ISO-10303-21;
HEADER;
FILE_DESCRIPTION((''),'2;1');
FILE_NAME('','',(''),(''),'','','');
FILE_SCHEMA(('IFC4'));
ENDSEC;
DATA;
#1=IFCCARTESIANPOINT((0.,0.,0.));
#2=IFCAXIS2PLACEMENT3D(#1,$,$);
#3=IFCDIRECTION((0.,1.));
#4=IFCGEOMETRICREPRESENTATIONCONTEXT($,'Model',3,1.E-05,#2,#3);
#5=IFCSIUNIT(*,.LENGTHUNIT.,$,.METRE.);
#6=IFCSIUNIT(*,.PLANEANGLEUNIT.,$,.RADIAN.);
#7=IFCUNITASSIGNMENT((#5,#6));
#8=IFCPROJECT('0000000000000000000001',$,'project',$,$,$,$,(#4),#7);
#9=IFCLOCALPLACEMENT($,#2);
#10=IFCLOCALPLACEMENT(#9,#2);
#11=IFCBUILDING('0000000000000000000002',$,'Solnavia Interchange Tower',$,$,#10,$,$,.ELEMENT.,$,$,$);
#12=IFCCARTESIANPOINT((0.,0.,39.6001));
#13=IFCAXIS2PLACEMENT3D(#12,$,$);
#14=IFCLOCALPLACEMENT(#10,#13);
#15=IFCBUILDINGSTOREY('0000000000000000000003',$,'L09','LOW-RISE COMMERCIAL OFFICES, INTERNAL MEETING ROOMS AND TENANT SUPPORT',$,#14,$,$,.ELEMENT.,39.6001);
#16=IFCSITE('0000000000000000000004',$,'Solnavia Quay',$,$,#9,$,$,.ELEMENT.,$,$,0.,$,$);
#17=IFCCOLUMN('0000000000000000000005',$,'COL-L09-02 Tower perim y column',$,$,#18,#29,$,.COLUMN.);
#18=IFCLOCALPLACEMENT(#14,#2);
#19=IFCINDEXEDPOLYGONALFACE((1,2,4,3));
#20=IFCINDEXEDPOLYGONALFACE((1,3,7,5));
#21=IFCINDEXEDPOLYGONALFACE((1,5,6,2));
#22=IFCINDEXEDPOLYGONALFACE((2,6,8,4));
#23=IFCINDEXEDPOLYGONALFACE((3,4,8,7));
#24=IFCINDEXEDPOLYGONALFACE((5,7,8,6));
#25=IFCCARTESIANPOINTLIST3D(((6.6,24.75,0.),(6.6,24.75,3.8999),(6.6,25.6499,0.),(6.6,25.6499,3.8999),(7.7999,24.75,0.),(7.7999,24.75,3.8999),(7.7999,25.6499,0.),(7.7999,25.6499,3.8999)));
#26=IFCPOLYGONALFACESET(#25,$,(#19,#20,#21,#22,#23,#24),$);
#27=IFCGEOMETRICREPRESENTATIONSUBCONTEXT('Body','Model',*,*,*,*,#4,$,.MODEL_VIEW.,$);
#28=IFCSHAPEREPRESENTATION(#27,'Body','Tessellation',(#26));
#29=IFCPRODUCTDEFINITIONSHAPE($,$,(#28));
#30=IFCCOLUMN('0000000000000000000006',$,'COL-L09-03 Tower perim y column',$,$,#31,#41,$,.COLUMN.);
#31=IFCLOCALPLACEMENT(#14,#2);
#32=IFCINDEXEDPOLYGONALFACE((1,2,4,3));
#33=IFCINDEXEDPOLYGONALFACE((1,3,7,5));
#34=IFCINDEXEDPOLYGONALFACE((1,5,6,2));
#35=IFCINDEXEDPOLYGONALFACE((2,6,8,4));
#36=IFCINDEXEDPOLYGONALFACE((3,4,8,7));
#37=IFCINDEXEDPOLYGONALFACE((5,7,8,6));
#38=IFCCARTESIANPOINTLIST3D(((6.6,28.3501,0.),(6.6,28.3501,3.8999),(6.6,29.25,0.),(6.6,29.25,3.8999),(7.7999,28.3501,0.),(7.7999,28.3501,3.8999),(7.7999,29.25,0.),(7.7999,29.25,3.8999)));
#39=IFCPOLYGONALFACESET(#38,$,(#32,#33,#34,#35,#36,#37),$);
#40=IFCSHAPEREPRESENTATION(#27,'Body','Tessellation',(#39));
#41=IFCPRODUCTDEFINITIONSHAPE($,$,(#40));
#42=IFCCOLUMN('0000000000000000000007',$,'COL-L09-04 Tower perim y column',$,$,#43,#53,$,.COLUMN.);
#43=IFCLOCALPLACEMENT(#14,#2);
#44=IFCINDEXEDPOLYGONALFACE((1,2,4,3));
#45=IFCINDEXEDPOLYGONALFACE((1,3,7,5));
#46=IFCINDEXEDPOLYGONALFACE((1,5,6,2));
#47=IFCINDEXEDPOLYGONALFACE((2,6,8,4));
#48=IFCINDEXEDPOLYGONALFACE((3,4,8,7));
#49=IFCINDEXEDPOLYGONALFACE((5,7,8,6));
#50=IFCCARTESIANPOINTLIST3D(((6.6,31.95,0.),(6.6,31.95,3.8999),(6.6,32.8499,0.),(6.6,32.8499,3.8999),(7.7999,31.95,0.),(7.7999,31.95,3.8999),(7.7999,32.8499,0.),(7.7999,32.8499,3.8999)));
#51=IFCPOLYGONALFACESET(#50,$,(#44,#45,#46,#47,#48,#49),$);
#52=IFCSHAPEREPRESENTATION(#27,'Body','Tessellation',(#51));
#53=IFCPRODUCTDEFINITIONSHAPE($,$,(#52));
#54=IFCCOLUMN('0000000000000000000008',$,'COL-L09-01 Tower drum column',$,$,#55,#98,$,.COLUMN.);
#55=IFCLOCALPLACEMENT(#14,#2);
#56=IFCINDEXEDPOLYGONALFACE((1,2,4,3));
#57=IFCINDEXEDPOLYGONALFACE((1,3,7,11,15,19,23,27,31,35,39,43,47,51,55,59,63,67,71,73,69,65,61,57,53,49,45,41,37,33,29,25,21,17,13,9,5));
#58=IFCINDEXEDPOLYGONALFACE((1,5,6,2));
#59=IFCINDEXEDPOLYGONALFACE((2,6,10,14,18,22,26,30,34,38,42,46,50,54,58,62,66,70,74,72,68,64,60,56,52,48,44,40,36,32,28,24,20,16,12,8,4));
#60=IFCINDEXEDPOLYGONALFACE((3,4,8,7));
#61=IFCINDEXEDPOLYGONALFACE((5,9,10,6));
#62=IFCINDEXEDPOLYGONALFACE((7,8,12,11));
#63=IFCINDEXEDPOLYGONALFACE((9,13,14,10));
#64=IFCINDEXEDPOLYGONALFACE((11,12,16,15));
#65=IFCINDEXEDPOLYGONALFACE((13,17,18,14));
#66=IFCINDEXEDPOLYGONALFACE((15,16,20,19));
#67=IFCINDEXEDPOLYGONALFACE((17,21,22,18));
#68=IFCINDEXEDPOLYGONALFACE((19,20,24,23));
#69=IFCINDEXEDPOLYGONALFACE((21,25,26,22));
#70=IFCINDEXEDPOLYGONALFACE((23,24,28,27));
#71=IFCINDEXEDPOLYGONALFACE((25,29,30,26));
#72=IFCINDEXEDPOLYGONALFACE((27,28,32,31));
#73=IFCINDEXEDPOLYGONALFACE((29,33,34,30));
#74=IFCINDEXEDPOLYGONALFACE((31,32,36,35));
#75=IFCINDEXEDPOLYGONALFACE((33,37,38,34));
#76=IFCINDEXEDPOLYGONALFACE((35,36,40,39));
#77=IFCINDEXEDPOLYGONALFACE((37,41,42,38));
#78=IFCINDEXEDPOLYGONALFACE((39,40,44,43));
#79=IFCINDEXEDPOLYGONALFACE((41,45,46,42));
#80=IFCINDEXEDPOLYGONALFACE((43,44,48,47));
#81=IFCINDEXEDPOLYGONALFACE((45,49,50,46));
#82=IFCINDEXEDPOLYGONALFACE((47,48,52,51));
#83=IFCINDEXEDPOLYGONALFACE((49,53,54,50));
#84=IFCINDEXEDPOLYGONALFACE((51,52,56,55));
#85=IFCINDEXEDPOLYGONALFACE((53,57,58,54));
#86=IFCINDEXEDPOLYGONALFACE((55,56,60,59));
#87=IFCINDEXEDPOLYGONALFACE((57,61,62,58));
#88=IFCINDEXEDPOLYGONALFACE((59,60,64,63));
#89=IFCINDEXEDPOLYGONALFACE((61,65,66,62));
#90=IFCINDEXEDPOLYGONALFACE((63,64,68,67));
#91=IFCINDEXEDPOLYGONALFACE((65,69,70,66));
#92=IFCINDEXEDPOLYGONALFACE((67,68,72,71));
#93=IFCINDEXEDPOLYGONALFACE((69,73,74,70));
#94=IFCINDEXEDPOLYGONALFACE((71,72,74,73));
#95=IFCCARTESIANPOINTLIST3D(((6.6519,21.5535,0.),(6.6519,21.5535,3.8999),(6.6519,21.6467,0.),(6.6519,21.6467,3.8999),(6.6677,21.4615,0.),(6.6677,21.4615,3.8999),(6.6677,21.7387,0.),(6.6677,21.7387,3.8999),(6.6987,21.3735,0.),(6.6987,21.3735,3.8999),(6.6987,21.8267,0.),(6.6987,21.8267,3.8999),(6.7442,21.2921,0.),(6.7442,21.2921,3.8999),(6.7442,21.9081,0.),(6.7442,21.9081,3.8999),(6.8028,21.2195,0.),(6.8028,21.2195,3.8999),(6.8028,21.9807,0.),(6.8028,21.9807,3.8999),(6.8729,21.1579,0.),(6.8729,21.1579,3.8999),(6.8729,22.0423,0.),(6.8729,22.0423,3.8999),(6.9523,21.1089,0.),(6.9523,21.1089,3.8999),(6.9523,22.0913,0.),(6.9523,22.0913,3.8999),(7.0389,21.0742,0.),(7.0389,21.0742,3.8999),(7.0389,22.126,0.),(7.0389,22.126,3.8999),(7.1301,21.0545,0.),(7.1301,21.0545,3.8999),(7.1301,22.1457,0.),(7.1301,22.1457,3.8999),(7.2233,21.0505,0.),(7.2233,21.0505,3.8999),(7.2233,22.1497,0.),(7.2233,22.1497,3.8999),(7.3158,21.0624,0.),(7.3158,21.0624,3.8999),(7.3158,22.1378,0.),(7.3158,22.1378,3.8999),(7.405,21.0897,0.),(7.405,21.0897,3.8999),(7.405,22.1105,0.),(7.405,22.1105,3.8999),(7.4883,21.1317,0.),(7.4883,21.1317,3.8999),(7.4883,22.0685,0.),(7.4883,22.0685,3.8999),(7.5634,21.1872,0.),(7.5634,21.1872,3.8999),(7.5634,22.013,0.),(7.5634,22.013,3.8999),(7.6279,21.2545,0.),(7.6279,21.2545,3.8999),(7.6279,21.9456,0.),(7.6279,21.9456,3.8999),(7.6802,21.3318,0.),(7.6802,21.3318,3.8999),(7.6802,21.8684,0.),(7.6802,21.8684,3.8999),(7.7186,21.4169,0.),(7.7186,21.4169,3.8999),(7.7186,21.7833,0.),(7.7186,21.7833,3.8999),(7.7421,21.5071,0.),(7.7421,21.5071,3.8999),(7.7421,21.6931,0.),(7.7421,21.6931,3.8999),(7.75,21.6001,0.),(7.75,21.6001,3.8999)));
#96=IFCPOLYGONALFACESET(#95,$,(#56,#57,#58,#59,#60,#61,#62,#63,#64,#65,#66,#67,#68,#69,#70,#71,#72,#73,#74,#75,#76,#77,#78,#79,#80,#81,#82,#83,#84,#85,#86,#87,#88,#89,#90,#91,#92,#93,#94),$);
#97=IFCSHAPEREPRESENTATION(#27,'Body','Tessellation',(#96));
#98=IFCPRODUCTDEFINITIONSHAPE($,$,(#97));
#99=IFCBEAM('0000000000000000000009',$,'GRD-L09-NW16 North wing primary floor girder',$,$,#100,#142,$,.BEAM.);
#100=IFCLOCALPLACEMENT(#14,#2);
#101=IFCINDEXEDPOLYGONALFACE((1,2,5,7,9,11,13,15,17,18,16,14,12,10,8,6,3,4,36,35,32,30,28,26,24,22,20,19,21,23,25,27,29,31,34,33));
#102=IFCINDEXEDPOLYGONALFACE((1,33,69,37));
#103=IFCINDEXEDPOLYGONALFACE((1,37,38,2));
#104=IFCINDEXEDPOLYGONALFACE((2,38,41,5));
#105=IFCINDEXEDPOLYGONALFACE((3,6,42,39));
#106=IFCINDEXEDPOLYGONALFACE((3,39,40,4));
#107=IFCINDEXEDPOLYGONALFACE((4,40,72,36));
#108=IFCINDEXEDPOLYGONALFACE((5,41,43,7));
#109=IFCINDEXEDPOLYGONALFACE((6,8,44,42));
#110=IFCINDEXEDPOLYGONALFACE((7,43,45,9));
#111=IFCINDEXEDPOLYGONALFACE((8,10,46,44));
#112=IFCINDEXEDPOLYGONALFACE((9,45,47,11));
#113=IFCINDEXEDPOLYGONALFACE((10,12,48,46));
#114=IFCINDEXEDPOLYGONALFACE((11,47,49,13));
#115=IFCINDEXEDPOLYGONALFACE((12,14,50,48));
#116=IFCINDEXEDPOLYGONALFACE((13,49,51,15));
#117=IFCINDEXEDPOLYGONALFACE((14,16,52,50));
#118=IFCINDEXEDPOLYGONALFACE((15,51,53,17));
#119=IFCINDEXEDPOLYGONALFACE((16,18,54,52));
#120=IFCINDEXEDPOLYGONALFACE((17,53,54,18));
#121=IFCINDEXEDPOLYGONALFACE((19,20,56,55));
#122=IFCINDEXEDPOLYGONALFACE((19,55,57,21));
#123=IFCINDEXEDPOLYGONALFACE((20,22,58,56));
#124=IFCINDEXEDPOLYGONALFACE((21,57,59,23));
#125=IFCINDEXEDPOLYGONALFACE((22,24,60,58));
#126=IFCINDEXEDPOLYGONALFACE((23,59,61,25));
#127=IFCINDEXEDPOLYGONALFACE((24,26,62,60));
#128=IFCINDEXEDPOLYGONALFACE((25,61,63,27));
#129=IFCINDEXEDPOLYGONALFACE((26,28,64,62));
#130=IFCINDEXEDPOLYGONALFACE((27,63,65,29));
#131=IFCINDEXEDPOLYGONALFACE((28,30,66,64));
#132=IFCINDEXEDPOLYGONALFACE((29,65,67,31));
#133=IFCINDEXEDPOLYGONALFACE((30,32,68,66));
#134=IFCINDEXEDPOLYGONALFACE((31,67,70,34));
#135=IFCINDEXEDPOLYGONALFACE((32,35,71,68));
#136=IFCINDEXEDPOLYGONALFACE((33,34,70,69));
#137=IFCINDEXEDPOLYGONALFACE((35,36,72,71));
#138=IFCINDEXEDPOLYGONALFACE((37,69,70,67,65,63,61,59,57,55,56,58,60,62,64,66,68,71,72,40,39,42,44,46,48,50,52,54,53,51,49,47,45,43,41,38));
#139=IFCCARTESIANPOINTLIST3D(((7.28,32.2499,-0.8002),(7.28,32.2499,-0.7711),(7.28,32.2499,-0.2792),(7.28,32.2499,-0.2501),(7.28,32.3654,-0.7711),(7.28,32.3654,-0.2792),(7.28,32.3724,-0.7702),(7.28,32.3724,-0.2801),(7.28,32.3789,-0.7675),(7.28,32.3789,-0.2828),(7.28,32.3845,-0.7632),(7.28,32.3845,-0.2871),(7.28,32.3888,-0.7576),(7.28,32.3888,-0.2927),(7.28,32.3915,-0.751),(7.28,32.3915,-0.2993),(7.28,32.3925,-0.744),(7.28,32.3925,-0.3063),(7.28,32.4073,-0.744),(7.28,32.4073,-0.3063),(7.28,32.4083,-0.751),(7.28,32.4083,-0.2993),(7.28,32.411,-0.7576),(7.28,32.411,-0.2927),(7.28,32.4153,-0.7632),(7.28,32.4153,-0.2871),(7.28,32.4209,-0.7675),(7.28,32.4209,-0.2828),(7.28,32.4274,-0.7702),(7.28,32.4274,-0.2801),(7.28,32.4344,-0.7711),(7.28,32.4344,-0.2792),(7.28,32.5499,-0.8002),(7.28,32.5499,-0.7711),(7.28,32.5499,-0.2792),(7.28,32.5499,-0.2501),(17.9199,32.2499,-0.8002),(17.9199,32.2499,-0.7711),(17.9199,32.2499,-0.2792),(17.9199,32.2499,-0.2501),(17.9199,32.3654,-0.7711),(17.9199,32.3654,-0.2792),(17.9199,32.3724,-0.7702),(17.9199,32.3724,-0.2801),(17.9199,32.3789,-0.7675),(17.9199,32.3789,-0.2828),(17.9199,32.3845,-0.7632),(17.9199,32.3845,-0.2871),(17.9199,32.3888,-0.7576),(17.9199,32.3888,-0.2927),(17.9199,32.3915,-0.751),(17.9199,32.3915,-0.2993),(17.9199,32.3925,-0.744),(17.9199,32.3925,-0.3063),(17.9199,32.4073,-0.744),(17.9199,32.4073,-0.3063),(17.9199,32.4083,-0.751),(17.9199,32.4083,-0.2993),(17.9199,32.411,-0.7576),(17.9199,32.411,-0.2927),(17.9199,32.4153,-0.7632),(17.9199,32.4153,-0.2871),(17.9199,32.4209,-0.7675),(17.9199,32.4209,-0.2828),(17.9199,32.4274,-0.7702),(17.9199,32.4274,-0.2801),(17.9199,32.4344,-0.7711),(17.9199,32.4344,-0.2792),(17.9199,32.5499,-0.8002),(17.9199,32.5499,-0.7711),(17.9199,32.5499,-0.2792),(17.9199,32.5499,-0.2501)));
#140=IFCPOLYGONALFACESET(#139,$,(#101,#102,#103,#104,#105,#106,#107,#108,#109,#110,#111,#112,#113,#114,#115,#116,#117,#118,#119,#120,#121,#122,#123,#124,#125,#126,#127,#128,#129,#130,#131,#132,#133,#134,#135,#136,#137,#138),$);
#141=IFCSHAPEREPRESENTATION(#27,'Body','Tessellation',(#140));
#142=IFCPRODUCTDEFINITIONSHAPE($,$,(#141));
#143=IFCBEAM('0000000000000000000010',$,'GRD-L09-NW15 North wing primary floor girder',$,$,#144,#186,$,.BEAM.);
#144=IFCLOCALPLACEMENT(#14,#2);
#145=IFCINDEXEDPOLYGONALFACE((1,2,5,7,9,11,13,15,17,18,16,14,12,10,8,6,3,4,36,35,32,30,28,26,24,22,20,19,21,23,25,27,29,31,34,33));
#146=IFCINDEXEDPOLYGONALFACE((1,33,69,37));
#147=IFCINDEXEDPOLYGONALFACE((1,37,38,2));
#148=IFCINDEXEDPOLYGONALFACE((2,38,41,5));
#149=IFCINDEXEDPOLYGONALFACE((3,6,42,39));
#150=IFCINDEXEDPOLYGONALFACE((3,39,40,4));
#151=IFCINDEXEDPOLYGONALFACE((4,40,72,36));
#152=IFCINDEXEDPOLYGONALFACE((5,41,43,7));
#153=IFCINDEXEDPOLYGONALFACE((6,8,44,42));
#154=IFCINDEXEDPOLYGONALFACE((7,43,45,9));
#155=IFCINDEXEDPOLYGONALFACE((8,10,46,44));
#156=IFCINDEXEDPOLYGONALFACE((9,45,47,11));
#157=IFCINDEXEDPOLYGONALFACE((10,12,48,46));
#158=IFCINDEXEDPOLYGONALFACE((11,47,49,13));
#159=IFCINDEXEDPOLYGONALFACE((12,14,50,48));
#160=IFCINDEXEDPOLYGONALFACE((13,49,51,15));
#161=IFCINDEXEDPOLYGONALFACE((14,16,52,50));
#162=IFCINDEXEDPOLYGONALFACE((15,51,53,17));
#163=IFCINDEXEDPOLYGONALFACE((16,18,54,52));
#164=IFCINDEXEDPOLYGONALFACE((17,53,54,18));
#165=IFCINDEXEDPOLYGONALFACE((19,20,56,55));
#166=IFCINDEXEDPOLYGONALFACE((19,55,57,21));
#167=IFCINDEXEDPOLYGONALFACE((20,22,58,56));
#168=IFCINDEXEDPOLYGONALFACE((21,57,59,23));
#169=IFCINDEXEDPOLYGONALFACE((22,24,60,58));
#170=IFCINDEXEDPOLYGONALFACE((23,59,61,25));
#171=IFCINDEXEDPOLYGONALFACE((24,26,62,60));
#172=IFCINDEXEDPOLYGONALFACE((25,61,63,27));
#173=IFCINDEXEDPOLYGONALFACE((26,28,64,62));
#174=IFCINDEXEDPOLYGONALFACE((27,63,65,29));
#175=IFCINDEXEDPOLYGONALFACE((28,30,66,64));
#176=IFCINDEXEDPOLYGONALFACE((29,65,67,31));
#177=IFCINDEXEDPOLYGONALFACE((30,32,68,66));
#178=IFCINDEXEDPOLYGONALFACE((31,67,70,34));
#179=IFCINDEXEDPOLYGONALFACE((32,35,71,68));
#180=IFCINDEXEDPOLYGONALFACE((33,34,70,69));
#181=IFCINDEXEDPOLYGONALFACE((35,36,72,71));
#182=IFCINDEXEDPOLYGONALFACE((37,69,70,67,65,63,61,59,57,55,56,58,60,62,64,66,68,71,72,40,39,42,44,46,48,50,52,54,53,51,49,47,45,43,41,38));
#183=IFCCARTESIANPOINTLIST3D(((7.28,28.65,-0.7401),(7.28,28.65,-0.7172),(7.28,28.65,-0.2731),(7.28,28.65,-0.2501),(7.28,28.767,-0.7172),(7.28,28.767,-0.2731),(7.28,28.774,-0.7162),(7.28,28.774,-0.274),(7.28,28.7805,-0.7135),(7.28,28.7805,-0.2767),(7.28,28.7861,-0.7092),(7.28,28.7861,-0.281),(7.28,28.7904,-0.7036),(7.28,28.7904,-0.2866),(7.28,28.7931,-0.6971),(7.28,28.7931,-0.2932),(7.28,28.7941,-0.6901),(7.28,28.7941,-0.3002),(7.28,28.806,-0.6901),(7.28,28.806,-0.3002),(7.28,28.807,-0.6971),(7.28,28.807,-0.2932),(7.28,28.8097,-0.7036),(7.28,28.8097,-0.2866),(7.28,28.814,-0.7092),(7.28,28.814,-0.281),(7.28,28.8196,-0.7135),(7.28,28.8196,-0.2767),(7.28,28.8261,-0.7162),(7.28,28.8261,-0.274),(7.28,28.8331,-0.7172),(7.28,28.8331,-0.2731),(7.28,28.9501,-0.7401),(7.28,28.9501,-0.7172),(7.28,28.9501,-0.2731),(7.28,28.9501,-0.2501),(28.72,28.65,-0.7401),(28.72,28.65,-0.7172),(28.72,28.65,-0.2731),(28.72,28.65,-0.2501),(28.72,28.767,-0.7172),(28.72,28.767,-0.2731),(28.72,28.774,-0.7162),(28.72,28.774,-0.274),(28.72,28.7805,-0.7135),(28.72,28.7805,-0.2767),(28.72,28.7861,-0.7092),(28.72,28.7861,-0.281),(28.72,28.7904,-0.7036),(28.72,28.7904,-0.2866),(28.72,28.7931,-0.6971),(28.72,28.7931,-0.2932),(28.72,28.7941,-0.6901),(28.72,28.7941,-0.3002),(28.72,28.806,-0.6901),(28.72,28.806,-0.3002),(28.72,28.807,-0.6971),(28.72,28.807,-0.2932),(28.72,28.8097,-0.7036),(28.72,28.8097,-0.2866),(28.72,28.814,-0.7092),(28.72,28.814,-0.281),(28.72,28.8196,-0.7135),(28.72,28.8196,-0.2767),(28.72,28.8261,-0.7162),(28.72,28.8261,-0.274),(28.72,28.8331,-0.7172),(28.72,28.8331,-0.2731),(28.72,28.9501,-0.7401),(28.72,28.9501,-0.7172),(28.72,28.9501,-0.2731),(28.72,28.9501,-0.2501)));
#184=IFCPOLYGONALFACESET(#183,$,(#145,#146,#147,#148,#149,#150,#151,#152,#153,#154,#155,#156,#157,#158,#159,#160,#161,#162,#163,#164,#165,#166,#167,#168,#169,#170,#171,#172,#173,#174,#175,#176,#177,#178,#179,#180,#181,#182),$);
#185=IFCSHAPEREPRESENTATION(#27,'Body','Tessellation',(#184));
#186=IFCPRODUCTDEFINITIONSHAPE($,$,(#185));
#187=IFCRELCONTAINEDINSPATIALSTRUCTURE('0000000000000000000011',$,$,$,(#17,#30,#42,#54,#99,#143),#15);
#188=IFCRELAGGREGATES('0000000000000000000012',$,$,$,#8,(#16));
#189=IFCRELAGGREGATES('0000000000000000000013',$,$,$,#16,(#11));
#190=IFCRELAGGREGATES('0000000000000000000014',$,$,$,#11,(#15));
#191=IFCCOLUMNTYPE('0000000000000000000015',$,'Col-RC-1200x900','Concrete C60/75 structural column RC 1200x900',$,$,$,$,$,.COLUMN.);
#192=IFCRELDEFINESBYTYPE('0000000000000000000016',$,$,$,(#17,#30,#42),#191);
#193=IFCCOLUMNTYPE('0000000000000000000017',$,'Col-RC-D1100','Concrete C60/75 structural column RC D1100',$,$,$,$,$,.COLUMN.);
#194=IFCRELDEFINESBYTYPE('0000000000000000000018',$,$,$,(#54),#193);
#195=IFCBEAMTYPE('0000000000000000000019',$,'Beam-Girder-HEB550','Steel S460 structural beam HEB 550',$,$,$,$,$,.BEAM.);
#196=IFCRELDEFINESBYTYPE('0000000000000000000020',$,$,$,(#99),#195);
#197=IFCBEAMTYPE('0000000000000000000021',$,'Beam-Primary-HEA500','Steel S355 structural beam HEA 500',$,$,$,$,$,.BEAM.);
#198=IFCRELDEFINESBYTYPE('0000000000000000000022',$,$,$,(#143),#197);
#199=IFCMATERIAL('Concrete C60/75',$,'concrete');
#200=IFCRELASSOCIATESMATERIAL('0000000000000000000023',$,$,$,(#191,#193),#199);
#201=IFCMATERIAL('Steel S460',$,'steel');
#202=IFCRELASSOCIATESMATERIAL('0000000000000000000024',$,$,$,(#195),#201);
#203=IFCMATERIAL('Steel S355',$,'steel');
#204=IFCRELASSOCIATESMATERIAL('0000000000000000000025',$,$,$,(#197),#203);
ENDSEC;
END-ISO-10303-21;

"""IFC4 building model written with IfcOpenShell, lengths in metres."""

from ifc_helpers import new_model, si_unit, direction, frame, origin, origin_2d, place, context, subcontext, project, spatial, rectangle, circle, i_section, extrude, material, material_profile, profile_set, type_object, element, save


model = new_model("IFC4")

# Units and contexts
model_context = context("Model", 3, precision=1e-05, world=origin(), true_north=direction((0.0, 1.0)))
body_context = subcontext(model_context, "Body", "Model", "MODEL_VIEW")
ifc_project = project(units=[si_unit("LENGTHUNIT", "METRE"), si_unit("PLANEANGLEUNIT", "RADIAN")], contexts=[model_context])

# Site, building, storey
site_placement = place(None, origin())
site = spatial("IfcSite", under=ifc_project, at=site_placement, Name="Solnavia Quay", CompositionType="ELEMENT", RefElevation=0.0)
building_placement = place(site_placement, origin())
building = spatial("IfcBuilding", under=site, at=building_placement, Name="Solnavia Interchange Tower", CompositionType="ELEMENT")
storey_placement = place(building_placement, frame((0.0, 0.0, 39.6001)))
storey = spatial("IfcBuildingStorey", under=building, at=storey_placement, Name="L09", Description="LOW-RISE COMMERCIAL OFFICES, INTERNAL MEETING ROOMS AND TENANT SUPPORT", CompositionType="ELEMENT", Elevation=39.6001)

# Columns
ifc_material_1 = material(Name="Concrete C60/75", Category="concrete")
ifc_material_profile_1 = material_profile(ifc_material_1, rectangle(XDim=0.8999, YDim=1.2, at=origin_2d()), Name="RC 1200x900")
ifc_profile_set_1 = profile_set([ifc_material_profile_1], Name="Concrete C60/75")
column_type_1 = type_object("IfcColumnType", Name="Col-RC-1200x900", Description="Concrete C60/75 structural column RC 1200x900", PredefinedType="COLUMN", material=ifc_profile_set_1)
for number, where, z_axis, x_axis, name in (
    (1, (7.2, 25.2, 0.0), (0.0, 0.0, 1.0), (0.0, 1.0, 0.0), "COL-L09-02 Tower perim y column"),
    (2, (7.2, 28.8, 0.0), (0.0, 0.0, 1.0), (0.0, 1.0, 0.0), "COL-L09-03 Tower perim y column"),
    (3, (7.2, 32.3999, 0.0), (0.0, 0.0, 1.0), (0.0, 1.0, 0.0), "COL-L09-04 Tower perim y column"),
):
    element("IfcColumn", number, at=place(storey_placement, frame(where, z_axis=z_axis, x_axis=x_axis)), inside=storey, type_object=column_type_1, Name=name, PredefinedType="COLUMN", context=body_context, shape_type="SweptSolid", body=[
        extrude(rectangle(XDim=0.8999, YDim=1.2, at=origin_2d()), origin(), (0.0, 0.0, 1.0), 3.8999),
    ])
ifc_material_profile_2 = material_profile(ifc_material_1, circle(Radius=0.55, at=origin_2d()), Name="RC D1100")
ifc_profile_set_2 = profile_set([ifc_material_profile_2], Name="Concrete C60/75")
column_type_2 = type_object("IfcColumnType", Name="Col-RC-D1100", Description="Concrete C60/75 structural column RC D1100", PredefinedType="COLUMN", material=ifc_profile_set_2)
column_placement = place(storey_placement, frame((7.2, 21.6001, 0.0), z_axis=(0.0, 0.0, 1.0), x_axis=(1.0, 0.0, 0.0)))
element("IfcColumn", 4, at=column_placement, inside=storey, type_object=column_type_2, Name="COL-L09-01 Tower drum column", PredefinedType="COLUMN", context=body_context, shape_type="SweptSolid", body=[
    extrude(circle(Radius=0.55, at=origin_2d()), origin(), (0.0, 0.0, 1.0), 3.8999),
])

# Beams
ifc_material_2 = material(Name="Steel S460", Category="steel")
ifc_material_profile_3 = material_profile(ifc_material_2, i_section(OverallWidth=0.3, OverallDepth=0.55, WebThickness=0.0149, FlangeThickness=0.0291, FilletRadius=0.0271, at=origin_2d()), Name="HEB 550")
ifc_profile_set_3 = profile_set([ifc_material_profile_3], Name="Steel S460")
beam_type_1 = type_object("IfcBeamType", Name="Beam-Girder-HEB550", Description="Steel S460 structural beam HEB 550", PredefinedType="BEAM", material=ifc_profile_set_3)
beam_1_placement = place(storey_placement, frame((7.28, 32.3999, -0.5251), z_axis=(1.0, 0.0, 0.0), x_axis=(0.0, 1.0, 0.0)))
element("IfcBeam", 5, at=beam_1_placement, inside=storey, type_object=beam_type_1, Name="GRD-L09-NW16 North wing primary floor girder", PredefinedType="BEAM", context=body_context, shape_type="SweptSolid", body=[
    extrude(i_section(OverallWidth=0.3, OverallDepth=0.55, WebThickness=0.0149, FlangeThickness=0.0291, FilletRadius=0.0271, at=origin_2d()), origin(), (0.0, 0.0, 1.0), 10.6399),
])
ifc_material_3 = material(Name="Steel S355", Category="steel")
ifc_material_profile_4 = material_profile(ifc_material_3, i_section(OverallWidth=0.3, OverallDepth=0.49, WebThickness=0.012, FlangeThickness=0.0229, FilletRadius=0.0271, at=origin_2d()), Name="HEA 500")
ifc_profile_set_4 = profile_set([ifc_material_profile_4], Name="Steel S355")
beam_type_2 = type_object("IfcBeamType", Name="Beam-Primary-HEA500", Description="Steel S355 structural beam HEA 500", PredefinedType="BEAM", material=ifc_profile_set_4)
beam_2_placement = place(storey_placement, frame((7.28, 28.8, -0.4951), z_axis=(1.0, 0.0, 0.0), x_axis=(0.0, 1.0, 0.0)))
element("IfcBeam", 6, at=beam_2_placement, inside=storey, type_object=beam_type_2, Name="GRD-L09-NW15 North wing primary floor girder", PredefinedType="BEAM", context=body_context, shape_type="SweptSolid", body=[
    extrude(i_section(OverallWidth=0.3, OverallDepth=0.49, WebThickness=0.012, FlangeThickness=0.0229, FilletRadius=0.0271, at=origin_2d()), origin(), (0.0, 0.0, 1.0), 21.4399),
])

save(model, "model.ifc")
